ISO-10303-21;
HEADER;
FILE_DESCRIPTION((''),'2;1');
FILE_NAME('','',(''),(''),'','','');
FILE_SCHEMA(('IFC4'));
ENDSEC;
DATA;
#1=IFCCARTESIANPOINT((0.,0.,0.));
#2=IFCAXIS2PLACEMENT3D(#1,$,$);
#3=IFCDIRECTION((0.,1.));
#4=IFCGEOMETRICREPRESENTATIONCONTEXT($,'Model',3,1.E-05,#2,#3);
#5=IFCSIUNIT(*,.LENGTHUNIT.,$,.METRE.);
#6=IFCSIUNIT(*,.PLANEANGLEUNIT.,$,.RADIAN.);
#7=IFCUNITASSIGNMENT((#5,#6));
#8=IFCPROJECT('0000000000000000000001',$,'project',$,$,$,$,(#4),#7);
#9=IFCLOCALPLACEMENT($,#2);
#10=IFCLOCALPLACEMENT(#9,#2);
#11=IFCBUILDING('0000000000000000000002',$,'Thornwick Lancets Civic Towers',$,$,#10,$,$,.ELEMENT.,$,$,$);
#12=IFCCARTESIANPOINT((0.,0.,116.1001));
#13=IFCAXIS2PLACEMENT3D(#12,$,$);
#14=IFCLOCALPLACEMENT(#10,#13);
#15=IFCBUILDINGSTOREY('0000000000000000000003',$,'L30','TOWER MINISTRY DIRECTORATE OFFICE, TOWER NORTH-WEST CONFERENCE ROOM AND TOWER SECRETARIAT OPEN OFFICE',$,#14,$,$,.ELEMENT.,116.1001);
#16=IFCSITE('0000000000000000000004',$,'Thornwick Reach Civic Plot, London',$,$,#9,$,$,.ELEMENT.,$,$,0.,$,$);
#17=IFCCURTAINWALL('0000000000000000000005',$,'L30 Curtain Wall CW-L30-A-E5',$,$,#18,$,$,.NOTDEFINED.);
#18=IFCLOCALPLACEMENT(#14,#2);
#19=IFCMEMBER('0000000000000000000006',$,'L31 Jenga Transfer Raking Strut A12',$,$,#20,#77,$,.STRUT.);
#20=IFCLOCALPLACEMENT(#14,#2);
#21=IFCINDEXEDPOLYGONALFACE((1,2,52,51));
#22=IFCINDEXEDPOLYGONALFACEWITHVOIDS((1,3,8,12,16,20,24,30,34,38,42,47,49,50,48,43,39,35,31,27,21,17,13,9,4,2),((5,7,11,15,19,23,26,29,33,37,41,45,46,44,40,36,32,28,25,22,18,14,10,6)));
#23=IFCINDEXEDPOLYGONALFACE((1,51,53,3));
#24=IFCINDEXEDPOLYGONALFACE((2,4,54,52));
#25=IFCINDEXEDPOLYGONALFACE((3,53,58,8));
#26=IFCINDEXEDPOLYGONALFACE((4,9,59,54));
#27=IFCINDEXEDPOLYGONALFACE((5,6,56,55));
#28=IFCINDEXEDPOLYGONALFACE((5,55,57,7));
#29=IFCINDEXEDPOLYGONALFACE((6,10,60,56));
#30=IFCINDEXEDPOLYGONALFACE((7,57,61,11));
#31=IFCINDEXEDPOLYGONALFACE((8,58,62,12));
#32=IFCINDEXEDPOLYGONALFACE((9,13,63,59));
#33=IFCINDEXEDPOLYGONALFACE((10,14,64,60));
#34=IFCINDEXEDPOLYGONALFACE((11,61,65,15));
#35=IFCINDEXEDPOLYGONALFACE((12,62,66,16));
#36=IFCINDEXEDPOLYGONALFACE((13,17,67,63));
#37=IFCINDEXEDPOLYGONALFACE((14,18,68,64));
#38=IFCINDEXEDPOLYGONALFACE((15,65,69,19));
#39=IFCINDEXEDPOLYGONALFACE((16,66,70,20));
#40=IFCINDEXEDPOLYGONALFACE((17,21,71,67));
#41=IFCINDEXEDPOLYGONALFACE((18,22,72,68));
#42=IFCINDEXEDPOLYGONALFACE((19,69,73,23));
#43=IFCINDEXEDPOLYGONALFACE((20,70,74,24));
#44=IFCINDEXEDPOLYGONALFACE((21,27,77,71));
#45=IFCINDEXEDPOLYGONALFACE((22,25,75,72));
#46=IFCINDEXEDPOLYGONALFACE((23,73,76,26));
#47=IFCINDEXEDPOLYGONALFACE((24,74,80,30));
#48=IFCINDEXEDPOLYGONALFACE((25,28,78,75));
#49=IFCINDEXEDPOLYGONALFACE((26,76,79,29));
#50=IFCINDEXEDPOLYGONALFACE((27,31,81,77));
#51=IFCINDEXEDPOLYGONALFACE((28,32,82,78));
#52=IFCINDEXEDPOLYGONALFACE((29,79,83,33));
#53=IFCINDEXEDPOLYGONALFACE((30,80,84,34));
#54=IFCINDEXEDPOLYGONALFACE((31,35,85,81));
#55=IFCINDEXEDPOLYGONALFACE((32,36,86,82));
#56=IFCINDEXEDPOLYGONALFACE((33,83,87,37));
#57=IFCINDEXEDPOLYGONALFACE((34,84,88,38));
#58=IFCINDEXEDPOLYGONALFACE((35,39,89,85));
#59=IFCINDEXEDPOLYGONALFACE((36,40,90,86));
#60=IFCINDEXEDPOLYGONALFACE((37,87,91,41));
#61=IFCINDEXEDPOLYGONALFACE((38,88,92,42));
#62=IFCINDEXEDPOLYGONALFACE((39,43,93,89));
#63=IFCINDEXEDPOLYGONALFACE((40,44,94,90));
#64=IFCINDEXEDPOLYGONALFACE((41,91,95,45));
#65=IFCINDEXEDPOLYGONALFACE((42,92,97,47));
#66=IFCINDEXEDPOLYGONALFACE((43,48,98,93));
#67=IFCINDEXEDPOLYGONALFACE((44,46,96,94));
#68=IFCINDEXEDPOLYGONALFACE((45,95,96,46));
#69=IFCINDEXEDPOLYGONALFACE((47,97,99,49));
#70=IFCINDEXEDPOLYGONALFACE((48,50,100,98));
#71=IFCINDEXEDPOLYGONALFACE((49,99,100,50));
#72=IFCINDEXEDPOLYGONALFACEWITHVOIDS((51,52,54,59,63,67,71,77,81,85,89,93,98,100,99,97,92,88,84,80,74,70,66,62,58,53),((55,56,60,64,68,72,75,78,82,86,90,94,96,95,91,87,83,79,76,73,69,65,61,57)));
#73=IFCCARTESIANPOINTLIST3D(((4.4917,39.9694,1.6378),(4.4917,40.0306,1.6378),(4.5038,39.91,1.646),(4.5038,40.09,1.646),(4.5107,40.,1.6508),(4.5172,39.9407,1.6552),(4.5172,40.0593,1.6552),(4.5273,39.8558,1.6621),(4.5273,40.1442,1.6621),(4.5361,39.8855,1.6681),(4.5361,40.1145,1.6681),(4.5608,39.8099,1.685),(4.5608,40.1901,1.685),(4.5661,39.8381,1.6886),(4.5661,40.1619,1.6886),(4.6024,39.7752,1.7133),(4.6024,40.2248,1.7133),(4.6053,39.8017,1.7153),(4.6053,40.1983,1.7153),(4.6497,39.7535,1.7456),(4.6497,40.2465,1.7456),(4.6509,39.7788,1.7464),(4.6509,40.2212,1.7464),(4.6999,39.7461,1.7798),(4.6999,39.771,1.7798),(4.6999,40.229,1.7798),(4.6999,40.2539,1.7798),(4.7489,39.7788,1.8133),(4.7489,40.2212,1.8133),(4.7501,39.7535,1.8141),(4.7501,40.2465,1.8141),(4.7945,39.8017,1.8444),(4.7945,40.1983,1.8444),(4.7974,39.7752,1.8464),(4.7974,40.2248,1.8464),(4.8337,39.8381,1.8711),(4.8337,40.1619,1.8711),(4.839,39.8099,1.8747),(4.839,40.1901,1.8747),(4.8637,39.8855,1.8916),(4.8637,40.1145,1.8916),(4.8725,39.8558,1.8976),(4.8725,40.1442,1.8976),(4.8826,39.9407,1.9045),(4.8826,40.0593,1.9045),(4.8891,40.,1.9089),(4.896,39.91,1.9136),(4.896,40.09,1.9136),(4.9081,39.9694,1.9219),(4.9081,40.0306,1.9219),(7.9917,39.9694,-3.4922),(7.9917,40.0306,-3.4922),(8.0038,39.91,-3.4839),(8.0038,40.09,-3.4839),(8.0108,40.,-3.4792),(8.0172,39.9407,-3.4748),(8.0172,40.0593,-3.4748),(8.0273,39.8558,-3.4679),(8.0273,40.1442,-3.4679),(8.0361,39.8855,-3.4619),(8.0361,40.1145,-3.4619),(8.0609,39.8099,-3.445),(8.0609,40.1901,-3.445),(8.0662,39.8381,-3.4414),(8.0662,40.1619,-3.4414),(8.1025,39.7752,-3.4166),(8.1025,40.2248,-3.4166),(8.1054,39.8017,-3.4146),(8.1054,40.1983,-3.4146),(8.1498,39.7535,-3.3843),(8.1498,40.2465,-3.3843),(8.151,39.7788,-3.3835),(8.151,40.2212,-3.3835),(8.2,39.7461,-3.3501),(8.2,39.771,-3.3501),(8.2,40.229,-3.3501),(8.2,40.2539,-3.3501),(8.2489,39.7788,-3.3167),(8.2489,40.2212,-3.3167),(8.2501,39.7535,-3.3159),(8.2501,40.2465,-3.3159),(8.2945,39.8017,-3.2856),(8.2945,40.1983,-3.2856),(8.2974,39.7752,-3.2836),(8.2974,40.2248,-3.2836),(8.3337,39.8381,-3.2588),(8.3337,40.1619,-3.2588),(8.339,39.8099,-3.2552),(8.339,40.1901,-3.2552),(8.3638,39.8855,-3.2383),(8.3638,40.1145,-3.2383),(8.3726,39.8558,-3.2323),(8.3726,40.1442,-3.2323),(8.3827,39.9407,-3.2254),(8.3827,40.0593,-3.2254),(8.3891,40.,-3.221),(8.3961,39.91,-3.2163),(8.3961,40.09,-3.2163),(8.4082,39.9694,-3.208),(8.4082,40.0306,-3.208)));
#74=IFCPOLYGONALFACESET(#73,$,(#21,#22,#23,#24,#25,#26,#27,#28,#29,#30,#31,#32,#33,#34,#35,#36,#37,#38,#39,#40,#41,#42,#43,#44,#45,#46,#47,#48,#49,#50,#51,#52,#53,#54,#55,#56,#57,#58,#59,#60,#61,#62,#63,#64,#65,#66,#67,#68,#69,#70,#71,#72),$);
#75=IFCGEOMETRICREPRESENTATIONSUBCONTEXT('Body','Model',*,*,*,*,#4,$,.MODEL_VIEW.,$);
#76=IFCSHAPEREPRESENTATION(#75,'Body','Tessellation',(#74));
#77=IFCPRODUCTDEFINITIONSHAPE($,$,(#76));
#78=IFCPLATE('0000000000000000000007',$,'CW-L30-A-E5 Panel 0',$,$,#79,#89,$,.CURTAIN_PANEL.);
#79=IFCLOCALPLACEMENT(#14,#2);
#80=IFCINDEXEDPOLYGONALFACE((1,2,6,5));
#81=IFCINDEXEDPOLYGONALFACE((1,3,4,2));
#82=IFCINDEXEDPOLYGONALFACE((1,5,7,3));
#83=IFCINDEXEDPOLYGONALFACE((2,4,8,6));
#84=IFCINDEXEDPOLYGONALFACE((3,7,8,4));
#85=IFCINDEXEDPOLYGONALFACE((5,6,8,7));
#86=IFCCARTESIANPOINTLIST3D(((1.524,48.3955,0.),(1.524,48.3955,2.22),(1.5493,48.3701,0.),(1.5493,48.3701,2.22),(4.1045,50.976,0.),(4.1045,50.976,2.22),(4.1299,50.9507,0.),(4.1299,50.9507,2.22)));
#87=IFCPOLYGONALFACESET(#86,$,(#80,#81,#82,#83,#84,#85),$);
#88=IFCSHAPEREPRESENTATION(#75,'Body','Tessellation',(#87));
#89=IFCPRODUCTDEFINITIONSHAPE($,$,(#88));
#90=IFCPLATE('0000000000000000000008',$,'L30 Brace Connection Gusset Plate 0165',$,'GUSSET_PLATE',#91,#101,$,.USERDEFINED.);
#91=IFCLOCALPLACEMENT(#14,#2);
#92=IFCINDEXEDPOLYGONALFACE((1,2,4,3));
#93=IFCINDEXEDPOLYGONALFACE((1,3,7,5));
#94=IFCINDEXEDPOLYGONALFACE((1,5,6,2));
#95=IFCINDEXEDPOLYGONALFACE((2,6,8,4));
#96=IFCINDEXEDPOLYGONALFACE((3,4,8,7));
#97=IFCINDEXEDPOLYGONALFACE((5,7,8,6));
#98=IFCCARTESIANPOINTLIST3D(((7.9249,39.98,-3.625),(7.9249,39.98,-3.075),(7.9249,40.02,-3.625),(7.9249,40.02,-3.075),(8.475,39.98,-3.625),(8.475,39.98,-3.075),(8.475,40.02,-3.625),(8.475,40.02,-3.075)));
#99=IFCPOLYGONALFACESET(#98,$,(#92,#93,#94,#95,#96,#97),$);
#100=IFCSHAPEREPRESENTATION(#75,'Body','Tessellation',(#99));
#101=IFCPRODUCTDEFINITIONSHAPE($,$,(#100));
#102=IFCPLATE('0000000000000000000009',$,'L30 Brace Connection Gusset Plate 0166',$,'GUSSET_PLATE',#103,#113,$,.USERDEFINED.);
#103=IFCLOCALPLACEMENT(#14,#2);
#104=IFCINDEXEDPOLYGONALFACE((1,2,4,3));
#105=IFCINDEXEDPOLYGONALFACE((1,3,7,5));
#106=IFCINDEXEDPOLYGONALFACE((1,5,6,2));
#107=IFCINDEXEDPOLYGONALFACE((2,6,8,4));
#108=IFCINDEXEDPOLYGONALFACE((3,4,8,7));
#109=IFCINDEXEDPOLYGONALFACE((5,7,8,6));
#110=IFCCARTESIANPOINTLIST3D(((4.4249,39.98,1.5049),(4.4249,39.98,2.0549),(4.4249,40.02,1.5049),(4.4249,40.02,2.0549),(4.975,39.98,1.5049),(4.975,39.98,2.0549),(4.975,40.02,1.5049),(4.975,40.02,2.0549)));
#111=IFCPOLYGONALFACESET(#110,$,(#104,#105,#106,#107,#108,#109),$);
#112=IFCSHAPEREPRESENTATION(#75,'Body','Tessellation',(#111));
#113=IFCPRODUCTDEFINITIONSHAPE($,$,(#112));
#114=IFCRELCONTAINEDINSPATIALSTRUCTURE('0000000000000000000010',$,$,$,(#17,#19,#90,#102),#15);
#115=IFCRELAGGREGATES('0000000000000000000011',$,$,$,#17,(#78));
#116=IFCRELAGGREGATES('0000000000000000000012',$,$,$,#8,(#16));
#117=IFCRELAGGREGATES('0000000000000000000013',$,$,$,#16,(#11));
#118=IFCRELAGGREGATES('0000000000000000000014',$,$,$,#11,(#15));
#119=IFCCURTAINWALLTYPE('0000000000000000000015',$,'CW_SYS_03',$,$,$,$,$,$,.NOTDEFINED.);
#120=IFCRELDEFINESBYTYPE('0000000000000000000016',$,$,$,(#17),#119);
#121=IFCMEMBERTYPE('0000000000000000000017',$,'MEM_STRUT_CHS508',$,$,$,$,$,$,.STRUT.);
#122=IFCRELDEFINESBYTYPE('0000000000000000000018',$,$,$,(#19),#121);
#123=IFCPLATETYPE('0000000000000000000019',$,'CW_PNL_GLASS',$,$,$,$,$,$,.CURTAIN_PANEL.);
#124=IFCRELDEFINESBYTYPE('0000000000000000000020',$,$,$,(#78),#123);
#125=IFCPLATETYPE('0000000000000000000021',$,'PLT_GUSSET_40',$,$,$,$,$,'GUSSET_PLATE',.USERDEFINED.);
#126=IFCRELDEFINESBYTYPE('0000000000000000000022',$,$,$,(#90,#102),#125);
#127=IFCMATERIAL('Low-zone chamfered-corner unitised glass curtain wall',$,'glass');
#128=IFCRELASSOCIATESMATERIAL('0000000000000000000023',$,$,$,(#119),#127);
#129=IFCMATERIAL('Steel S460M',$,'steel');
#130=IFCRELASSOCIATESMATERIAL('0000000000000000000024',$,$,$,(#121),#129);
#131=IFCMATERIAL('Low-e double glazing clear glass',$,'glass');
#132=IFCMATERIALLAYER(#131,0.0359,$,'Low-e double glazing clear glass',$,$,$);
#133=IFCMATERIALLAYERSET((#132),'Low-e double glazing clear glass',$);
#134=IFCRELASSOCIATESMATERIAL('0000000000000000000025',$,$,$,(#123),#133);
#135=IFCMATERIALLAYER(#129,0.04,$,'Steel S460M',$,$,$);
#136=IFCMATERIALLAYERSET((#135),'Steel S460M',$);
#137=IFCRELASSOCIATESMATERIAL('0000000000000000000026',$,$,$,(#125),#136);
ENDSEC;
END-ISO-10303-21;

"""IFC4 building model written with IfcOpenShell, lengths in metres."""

from ifc_helpers import new_model, si_unit, direction, frame, origin, origin_2d, place, context, subcontext, project, spatial, rectangle, hollow_circle, extrude, material, layer, layer_set, material_profile, profile_set, type_object, element, aggregate, save


model = new_model("IFC4")

# Units and contexts
model_context = context("Model", 3, precision=1e-05, world=origin(), true_north=direction((0.0, 1.0)))
body_context = subcontext(model_context, "Body", "Model", "MODEL_VIEW")
ifc_project = project(units=[si_unit("LENGTHUNIT", "METRE"), si_unit("PLANEANGLEUNIT", "RADIAN")], contexts=[model_context])

# Site, building, storey
site_placement = place(None, origin())
site = spatial("IfcSite", under=ifc_project, at=site_placement, Name="Thornwick Reach Civic Plot, London", CompositionType="ELEMENT", RefElevation=0.0)
building_placement = place(site_placement, origin())
building = spatial("IfcBuilding", under=site, at=building_placement, Name="Thornwick Lancets Civic Towers", CompositionType="ELEMENT")
storey_placement = place(building_placement, frame((0.0, 0.0, 116.1001)))
storey = spatial("IfcBuildingStorey", under=building, at=storey_placement, Name="L30", Description="TOWER MINISTRY DIRECTORATE OFFICE, TOWER NORTH-WEST CONFERENCE ROOM AND TOWER SECRETARIAT OPEN OFFICE", CompositionType="ELEMENT", Elevation=116.1001)

# Shared definitions
ifc_material_1 = material(Name="Steel S460M", Category="steel")

# Curtain wall
ifc_material_2 = material(Name="Low-zone chamfered-corner unitised glass curtain wall", Category="glass")
curtain_wall_type = type_object("IfcCurtainWallType", Name="CW_SYS_03", PredefinedType="NOTDEFINED", material=ifc_material_2)
curtain_wall_placement = place(storey_placement, origin())
curtain_wall = element("IfcCurtainWall", 1, at=curtain_wall_placement, inside=storey, type_object=curtain_wall_type, Name="L30 Curtain Wall CW-L30-A-E5", PredefinedType="NOTDEFINED")

# Member
ifc_material_profile_1 = material_profile(ifc_material_1, hollow_circle(Radius=0.2539, WallThickness=0.0249, at=origin_2d()), Name="CHS 508x25")
ifc_profile_set_1 = profile_set([ifc_material_profile_1], Name="Steel S460M")
member_type_1 = type_object("IfcMemberType", Name="MEM_STRUT_CHS508", PredefinedType="STRUT", material=ifc_profile_set_1)
member_1_placement = place(storey_placement, frame((8.2, 40.0, -3.3501), z_axis=(-0.563595, 0.0, 0.826051), x_axis=(0.0, -1.0, 0.0)))
element("IfcMember", 2, at=member_1_placement, inside=storey, type_object=member_type_1, Name="L31 Jenga Transfer Raking Strut A12", PredefinedType="STRUT", context=body_context, shape_type="SweptSolid", body=[
    extrude(hollow_circle(Radius=0.2539, WallThickness=0.0249, at=origin_2d()), origin(), (0.0, 0.0, 1.0), 6.2102),
])

# Plate
ifc_material_3 = material(Name="Low-e double glazing clear glass", Category="glass")
ifc_layer_1 = layer(ifc_material_3, 0.0359, Name="Low-e double glazing clear glass")
ifc_layer_set_1 = layer_set([ifc_layer_1], Name="Low-e double glazing clear glass")
plate_type_1 = type_object("IfcPlateType", Name="CW_PNL_GLASS", PredefinedType="CURTAIN_PANEL", material=ifc_layer_set_1)
plate_placement = place(storey_placement, frame((2.8269, 49.6731, 0.0), z_axis=(0.0, 0.0, 1.0), x_axis=(-0.707107, -0.707107, 0.0)))
plate = element("IfcPlate", 3, at=plate_placement, type_object=plate_type_1, Name="CW-L30-A-E5 Panel 0", PredefinedType="CURTAIN_PANEL", context=body_context, shape_type="SweptSolid", body=[
    extrude(rectangle(XDim=3.6494, YDim=0.0359, at=origin_2d()), origin(), (0.0, 0.0, 1.0), 2.22),
])
aggregate(curtain_wall, [plate])

# Plates
ifc_layer_2 = layer(ifc_material_1, 0.04, Name="Steel S460M")
ifc_layer_set_2 = layer_set([ifc_layer_2], Name="Steel S460M")
plate_type_2 = type_object("IfcPlateType", Name="PLT_GUSSET_40", ElementType="GUSSET_PLATE", PredefinedType="USERDEFINED", material=ifc_layer_set_2)
for number, where, z_axis, x_axis, name in (
    (4, (8.2, 40.0, -3.625), (0.0, 0.0, 1.0), (-1.0, 0.0, 0.0), "L30 Brace Connection Gusset Plate 0165"),
    (5, (4.7, 40.0, 1.5049), (0.0, 0.0, 1.0), (-1.0, 0.0, 0.0), "L30 Brace Connection Gusset Plate 0166"),
):
    element("IfcPlate", number, at=place(storey_placement, frame(where, z_axis=z_axis, x_axis=x_axis)), inside=storey, type_object=plate_type_2, Name=name, ObjectType="GUSSET_PLATE", PredefinedType="USERDEFINED", context=body_context, shape_type="SweptSolid", body=[
        extrude(rectangle(XDim=0.55, YDim=0.04, at=origin_2d()), origin(), (0.0, 0.0, 1.0), 0.55),
    ])

save(model, "model.ifc")
